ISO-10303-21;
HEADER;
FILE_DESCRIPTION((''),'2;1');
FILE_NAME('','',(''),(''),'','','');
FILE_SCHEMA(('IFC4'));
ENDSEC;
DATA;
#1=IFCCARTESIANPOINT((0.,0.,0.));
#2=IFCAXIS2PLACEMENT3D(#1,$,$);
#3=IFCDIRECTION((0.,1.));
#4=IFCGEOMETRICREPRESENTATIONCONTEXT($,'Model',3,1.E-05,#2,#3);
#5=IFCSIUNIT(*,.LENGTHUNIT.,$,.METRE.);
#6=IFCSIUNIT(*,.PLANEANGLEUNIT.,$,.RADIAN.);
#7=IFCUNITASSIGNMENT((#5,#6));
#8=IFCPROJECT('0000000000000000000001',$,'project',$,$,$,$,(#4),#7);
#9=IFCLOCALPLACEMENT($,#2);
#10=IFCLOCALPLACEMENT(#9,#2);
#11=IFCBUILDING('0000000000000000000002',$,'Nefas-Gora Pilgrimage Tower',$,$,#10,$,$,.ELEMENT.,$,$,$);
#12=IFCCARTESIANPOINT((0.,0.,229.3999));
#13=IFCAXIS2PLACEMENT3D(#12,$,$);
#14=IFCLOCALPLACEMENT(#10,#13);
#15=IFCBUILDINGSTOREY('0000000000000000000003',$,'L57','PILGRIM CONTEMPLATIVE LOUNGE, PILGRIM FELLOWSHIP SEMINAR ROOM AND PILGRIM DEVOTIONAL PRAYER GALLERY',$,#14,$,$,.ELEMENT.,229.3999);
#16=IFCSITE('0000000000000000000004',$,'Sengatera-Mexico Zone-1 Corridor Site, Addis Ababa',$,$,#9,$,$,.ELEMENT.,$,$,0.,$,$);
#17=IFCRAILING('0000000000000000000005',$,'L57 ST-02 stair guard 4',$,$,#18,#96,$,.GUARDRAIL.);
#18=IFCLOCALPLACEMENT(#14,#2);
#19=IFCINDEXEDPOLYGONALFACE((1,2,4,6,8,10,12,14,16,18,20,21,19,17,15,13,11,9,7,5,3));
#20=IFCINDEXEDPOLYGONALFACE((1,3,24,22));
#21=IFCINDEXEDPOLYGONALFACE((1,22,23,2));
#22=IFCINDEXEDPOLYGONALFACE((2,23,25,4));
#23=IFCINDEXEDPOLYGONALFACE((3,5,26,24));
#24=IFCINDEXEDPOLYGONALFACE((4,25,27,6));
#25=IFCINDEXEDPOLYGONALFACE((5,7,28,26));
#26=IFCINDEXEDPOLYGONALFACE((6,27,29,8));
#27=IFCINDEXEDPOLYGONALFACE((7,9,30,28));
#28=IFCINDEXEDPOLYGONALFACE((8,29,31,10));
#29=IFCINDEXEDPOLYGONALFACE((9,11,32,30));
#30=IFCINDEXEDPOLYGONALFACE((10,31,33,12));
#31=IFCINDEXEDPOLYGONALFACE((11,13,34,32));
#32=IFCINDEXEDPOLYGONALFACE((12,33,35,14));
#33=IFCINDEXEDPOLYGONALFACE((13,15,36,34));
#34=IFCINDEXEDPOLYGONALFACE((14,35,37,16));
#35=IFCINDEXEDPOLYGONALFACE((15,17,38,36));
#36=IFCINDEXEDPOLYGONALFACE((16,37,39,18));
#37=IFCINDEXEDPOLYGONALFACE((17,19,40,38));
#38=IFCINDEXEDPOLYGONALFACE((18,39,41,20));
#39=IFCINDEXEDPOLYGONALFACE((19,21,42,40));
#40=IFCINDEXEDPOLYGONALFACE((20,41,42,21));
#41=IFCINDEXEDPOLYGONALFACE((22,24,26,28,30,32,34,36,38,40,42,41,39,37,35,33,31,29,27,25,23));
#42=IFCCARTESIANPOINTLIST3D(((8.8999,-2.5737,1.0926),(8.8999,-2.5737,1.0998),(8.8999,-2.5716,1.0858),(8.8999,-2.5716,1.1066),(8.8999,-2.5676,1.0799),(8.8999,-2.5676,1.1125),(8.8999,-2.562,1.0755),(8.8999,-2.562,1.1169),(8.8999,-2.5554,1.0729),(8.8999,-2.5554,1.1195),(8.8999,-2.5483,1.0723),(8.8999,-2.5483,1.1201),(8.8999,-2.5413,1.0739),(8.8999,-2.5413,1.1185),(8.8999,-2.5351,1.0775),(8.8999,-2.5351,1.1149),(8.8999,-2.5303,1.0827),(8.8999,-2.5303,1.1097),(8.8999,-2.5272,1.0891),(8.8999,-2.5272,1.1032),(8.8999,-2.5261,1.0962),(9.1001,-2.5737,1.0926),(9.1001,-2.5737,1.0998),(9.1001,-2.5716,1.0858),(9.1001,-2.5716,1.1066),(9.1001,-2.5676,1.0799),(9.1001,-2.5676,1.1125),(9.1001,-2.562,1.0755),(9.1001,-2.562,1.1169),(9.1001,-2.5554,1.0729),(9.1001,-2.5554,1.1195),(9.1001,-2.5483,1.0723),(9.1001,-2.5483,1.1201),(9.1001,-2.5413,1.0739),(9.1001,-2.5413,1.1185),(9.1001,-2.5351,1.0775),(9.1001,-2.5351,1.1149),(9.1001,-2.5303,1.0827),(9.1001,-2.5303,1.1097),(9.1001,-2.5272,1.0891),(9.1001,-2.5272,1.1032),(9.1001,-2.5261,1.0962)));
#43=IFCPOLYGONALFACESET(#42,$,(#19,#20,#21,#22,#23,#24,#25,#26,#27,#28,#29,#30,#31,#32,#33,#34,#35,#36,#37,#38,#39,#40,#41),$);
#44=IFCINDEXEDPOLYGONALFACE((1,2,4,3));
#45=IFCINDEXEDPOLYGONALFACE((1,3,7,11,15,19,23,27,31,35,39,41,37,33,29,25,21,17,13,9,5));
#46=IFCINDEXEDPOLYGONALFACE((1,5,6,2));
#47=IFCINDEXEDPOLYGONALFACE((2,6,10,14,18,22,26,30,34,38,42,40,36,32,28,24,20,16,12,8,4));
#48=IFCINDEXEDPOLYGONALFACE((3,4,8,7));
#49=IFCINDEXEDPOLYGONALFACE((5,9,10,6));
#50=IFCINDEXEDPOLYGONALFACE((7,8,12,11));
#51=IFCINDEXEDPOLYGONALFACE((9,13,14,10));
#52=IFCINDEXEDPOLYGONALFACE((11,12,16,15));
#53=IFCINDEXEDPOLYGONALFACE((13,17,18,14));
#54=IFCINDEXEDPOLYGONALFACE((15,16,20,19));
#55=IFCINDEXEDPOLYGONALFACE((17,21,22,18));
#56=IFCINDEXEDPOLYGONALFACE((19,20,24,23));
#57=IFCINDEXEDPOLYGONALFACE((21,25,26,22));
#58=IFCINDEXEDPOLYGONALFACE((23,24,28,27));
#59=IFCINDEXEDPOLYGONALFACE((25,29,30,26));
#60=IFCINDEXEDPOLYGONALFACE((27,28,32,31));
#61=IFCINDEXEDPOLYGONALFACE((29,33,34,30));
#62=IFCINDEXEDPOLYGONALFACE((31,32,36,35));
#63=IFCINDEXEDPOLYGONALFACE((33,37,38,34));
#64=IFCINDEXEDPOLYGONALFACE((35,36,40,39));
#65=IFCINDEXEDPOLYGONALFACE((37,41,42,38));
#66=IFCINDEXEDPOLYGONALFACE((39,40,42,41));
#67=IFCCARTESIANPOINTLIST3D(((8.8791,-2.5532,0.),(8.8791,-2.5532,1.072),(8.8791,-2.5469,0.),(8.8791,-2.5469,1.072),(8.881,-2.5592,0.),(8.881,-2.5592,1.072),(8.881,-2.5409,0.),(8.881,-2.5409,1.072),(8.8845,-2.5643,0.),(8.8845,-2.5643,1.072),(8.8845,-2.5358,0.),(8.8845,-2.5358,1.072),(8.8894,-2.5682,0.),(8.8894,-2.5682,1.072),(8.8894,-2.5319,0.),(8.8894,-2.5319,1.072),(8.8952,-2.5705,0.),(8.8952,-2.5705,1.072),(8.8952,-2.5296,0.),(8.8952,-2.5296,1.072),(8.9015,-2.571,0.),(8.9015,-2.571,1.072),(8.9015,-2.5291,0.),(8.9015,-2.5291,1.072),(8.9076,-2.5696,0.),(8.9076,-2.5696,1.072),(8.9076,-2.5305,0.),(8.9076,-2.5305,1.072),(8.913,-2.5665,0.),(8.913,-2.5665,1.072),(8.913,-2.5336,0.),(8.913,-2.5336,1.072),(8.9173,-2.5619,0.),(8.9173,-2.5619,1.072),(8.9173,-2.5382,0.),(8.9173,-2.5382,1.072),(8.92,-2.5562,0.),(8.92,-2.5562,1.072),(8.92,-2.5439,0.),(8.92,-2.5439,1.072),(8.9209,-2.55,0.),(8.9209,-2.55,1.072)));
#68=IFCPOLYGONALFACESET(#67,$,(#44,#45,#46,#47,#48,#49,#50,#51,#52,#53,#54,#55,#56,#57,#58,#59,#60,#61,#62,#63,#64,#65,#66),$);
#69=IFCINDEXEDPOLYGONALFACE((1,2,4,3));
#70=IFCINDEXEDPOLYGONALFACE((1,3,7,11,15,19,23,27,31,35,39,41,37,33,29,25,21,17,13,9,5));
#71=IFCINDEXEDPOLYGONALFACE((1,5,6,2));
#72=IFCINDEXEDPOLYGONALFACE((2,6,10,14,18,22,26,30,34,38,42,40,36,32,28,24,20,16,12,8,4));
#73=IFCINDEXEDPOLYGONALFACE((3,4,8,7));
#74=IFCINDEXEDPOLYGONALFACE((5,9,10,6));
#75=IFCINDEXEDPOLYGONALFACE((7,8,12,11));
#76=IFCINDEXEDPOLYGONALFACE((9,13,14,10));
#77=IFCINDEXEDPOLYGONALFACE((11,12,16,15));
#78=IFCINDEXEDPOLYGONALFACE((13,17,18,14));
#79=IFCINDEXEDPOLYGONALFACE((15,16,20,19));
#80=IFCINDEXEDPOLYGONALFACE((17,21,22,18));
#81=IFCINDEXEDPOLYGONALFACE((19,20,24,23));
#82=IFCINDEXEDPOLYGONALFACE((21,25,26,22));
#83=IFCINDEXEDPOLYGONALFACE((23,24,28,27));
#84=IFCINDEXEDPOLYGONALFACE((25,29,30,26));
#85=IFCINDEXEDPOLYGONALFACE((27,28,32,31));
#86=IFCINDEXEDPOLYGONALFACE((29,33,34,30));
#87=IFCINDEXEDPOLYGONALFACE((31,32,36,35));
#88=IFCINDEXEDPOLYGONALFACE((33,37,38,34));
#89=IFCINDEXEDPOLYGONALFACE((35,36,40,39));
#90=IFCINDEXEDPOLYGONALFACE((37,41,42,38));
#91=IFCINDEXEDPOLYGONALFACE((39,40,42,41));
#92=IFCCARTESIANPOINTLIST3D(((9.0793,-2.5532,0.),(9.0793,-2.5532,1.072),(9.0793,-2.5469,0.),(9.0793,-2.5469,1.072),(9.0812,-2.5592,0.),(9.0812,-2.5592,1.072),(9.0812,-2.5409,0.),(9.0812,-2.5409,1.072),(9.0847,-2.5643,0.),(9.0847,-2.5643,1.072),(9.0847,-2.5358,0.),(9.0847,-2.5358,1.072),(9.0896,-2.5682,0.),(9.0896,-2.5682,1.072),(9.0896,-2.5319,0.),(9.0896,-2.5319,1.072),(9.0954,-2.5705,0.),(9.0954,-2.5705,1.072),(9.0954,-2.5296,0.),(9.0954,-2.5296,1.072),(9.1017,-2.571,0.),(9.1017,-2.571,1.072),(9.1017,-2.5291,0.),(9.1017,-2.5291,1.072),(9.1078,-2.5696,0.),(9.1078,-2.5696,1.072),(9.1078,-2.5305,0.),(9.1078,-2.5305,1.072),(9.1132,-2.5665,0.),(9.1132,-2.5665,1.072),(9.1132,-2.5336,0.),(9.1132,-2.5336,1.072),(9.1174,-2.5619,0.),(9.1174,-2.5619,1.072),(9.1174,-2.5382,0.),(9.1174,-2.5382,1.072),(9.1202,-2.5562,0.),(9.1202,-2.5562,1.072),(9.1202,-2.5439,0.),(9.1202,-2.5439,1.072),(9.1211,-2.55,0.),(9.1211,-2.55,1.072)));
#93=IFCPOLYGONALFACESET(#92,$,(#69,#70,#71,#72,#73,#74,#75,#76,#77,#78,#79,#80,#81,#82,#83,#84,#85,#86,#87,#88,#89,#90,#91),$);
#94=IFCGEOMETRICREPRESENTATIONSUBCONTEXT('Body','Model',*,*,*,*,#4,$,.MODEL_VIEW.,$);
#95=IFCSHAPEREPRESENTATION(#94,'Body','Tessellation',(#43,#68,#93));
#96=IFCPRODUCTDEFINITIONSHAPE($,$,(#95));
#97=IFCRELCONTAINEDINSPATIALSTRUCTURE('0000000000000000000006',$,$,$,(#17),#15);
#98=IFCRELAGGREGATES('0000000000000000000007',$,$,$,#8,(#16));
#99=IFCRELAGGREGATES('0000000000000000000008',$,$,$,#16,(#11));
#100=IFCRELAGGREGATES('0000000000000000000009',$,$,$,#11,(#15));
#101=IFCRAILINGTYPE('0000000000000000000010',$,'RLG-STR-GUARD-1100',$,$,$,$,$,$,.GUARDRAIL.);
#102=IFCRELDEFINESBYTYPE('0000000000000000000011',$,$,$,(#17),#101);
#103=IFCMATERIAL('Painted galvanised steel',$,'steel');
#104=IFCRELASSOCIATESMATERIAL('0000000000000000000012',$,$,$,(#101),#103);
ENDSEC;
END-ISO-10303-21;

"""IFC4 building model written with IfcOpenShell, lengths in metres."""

from ifc_helpers import new_model, si_unit, direction, frame, origin, origin_2d, place, context, subcontext, project, spatial, circle, extrude, material, type_object, element, save


model = new_model("IFC4")

# Units and contexts
model_context = context("Model", 3, precision=1e-05, world=origin(), true_north=direction((0.0, 1.0)))
body_context = subcontext(model_context, "Body", "Model", "MODEL_VIEW")
ifc_project = project(units=[si_unit("LENGTHUNIT", "METRE"), si_unit("PLANEANGLEUNIT", "RADIAN")], contexts=[model_context])

# Site, building, storey
site_placement = place(None, origin())
site = spatial("IfcSite", under=ifc_project, at=site_placement, Name="Sengatera-Mexico Zone-1 Corridor Site, Addis Ababa", CompositionType="ELEMENT", RefElevation=0.0)
building_placement = place(site_placement, origin())
building = spatial("IfcBuilding", under=site, at=building_placement, Name="Nefas-Gora Pilgrimage Tower", CompositionType="ELEMENT")
storey_placement = place(building_placement, frame((0.0, 0.0, 229.3999)))
storey = spatial("IfcBuildingStorey", under=building, at=storey_placement, Name="L57", Description="PILGRIM CONTEMPLATIVE LOUNGE, PILGRIM FELLOWSHIP SEMINAR ROOM AND PILGRIM DEVOTIONAL PRAYER GALLERY", CompositionType="ELEMENT", Elevation=229.3999)

# Railing
ifc_material_1 = material(Name="Painted galvanised steel", Category="steel")
railing_type_1 = type_object("IfcRailingType", Name="RLG-STR-GUARD-1100", PredefinedType="GUARDRAIL", material=ifc_material_1)
railing_1_placement = place(storey_placement, frame((8.8999, -2.55, 0.0)))
element("IfcRailing", 1, at=railing_1_placement, inside=storey, type_object=railing_type_1, Name="L57 ST-02 stair guard 4", PredefinedType="GUARDRAIL", context=body_context, shape_type="SweptSolid", body=[
    extrude(circle(Radius=0.0239, at=origin_2d()), frame((0.0, 0.0, 1.0962), z_axis=(1.0, 0.0, 0.0), x_axis=(0.0, 1.0, 0.0)), (0.0, 0.0, 1.0), 0.2002),
    extrude(circle(Radius=0.021, at=origin_2d()), origin(), (0.0, 0.0, 1.0), 1.072),
    extrude(circle(Radius=0.021, at=origin_2d()), frame((0.2002, 0.0, 0.0)), (0.0, 0.0, 1.0), 1.072),
])

save(model, "model.ifc")
